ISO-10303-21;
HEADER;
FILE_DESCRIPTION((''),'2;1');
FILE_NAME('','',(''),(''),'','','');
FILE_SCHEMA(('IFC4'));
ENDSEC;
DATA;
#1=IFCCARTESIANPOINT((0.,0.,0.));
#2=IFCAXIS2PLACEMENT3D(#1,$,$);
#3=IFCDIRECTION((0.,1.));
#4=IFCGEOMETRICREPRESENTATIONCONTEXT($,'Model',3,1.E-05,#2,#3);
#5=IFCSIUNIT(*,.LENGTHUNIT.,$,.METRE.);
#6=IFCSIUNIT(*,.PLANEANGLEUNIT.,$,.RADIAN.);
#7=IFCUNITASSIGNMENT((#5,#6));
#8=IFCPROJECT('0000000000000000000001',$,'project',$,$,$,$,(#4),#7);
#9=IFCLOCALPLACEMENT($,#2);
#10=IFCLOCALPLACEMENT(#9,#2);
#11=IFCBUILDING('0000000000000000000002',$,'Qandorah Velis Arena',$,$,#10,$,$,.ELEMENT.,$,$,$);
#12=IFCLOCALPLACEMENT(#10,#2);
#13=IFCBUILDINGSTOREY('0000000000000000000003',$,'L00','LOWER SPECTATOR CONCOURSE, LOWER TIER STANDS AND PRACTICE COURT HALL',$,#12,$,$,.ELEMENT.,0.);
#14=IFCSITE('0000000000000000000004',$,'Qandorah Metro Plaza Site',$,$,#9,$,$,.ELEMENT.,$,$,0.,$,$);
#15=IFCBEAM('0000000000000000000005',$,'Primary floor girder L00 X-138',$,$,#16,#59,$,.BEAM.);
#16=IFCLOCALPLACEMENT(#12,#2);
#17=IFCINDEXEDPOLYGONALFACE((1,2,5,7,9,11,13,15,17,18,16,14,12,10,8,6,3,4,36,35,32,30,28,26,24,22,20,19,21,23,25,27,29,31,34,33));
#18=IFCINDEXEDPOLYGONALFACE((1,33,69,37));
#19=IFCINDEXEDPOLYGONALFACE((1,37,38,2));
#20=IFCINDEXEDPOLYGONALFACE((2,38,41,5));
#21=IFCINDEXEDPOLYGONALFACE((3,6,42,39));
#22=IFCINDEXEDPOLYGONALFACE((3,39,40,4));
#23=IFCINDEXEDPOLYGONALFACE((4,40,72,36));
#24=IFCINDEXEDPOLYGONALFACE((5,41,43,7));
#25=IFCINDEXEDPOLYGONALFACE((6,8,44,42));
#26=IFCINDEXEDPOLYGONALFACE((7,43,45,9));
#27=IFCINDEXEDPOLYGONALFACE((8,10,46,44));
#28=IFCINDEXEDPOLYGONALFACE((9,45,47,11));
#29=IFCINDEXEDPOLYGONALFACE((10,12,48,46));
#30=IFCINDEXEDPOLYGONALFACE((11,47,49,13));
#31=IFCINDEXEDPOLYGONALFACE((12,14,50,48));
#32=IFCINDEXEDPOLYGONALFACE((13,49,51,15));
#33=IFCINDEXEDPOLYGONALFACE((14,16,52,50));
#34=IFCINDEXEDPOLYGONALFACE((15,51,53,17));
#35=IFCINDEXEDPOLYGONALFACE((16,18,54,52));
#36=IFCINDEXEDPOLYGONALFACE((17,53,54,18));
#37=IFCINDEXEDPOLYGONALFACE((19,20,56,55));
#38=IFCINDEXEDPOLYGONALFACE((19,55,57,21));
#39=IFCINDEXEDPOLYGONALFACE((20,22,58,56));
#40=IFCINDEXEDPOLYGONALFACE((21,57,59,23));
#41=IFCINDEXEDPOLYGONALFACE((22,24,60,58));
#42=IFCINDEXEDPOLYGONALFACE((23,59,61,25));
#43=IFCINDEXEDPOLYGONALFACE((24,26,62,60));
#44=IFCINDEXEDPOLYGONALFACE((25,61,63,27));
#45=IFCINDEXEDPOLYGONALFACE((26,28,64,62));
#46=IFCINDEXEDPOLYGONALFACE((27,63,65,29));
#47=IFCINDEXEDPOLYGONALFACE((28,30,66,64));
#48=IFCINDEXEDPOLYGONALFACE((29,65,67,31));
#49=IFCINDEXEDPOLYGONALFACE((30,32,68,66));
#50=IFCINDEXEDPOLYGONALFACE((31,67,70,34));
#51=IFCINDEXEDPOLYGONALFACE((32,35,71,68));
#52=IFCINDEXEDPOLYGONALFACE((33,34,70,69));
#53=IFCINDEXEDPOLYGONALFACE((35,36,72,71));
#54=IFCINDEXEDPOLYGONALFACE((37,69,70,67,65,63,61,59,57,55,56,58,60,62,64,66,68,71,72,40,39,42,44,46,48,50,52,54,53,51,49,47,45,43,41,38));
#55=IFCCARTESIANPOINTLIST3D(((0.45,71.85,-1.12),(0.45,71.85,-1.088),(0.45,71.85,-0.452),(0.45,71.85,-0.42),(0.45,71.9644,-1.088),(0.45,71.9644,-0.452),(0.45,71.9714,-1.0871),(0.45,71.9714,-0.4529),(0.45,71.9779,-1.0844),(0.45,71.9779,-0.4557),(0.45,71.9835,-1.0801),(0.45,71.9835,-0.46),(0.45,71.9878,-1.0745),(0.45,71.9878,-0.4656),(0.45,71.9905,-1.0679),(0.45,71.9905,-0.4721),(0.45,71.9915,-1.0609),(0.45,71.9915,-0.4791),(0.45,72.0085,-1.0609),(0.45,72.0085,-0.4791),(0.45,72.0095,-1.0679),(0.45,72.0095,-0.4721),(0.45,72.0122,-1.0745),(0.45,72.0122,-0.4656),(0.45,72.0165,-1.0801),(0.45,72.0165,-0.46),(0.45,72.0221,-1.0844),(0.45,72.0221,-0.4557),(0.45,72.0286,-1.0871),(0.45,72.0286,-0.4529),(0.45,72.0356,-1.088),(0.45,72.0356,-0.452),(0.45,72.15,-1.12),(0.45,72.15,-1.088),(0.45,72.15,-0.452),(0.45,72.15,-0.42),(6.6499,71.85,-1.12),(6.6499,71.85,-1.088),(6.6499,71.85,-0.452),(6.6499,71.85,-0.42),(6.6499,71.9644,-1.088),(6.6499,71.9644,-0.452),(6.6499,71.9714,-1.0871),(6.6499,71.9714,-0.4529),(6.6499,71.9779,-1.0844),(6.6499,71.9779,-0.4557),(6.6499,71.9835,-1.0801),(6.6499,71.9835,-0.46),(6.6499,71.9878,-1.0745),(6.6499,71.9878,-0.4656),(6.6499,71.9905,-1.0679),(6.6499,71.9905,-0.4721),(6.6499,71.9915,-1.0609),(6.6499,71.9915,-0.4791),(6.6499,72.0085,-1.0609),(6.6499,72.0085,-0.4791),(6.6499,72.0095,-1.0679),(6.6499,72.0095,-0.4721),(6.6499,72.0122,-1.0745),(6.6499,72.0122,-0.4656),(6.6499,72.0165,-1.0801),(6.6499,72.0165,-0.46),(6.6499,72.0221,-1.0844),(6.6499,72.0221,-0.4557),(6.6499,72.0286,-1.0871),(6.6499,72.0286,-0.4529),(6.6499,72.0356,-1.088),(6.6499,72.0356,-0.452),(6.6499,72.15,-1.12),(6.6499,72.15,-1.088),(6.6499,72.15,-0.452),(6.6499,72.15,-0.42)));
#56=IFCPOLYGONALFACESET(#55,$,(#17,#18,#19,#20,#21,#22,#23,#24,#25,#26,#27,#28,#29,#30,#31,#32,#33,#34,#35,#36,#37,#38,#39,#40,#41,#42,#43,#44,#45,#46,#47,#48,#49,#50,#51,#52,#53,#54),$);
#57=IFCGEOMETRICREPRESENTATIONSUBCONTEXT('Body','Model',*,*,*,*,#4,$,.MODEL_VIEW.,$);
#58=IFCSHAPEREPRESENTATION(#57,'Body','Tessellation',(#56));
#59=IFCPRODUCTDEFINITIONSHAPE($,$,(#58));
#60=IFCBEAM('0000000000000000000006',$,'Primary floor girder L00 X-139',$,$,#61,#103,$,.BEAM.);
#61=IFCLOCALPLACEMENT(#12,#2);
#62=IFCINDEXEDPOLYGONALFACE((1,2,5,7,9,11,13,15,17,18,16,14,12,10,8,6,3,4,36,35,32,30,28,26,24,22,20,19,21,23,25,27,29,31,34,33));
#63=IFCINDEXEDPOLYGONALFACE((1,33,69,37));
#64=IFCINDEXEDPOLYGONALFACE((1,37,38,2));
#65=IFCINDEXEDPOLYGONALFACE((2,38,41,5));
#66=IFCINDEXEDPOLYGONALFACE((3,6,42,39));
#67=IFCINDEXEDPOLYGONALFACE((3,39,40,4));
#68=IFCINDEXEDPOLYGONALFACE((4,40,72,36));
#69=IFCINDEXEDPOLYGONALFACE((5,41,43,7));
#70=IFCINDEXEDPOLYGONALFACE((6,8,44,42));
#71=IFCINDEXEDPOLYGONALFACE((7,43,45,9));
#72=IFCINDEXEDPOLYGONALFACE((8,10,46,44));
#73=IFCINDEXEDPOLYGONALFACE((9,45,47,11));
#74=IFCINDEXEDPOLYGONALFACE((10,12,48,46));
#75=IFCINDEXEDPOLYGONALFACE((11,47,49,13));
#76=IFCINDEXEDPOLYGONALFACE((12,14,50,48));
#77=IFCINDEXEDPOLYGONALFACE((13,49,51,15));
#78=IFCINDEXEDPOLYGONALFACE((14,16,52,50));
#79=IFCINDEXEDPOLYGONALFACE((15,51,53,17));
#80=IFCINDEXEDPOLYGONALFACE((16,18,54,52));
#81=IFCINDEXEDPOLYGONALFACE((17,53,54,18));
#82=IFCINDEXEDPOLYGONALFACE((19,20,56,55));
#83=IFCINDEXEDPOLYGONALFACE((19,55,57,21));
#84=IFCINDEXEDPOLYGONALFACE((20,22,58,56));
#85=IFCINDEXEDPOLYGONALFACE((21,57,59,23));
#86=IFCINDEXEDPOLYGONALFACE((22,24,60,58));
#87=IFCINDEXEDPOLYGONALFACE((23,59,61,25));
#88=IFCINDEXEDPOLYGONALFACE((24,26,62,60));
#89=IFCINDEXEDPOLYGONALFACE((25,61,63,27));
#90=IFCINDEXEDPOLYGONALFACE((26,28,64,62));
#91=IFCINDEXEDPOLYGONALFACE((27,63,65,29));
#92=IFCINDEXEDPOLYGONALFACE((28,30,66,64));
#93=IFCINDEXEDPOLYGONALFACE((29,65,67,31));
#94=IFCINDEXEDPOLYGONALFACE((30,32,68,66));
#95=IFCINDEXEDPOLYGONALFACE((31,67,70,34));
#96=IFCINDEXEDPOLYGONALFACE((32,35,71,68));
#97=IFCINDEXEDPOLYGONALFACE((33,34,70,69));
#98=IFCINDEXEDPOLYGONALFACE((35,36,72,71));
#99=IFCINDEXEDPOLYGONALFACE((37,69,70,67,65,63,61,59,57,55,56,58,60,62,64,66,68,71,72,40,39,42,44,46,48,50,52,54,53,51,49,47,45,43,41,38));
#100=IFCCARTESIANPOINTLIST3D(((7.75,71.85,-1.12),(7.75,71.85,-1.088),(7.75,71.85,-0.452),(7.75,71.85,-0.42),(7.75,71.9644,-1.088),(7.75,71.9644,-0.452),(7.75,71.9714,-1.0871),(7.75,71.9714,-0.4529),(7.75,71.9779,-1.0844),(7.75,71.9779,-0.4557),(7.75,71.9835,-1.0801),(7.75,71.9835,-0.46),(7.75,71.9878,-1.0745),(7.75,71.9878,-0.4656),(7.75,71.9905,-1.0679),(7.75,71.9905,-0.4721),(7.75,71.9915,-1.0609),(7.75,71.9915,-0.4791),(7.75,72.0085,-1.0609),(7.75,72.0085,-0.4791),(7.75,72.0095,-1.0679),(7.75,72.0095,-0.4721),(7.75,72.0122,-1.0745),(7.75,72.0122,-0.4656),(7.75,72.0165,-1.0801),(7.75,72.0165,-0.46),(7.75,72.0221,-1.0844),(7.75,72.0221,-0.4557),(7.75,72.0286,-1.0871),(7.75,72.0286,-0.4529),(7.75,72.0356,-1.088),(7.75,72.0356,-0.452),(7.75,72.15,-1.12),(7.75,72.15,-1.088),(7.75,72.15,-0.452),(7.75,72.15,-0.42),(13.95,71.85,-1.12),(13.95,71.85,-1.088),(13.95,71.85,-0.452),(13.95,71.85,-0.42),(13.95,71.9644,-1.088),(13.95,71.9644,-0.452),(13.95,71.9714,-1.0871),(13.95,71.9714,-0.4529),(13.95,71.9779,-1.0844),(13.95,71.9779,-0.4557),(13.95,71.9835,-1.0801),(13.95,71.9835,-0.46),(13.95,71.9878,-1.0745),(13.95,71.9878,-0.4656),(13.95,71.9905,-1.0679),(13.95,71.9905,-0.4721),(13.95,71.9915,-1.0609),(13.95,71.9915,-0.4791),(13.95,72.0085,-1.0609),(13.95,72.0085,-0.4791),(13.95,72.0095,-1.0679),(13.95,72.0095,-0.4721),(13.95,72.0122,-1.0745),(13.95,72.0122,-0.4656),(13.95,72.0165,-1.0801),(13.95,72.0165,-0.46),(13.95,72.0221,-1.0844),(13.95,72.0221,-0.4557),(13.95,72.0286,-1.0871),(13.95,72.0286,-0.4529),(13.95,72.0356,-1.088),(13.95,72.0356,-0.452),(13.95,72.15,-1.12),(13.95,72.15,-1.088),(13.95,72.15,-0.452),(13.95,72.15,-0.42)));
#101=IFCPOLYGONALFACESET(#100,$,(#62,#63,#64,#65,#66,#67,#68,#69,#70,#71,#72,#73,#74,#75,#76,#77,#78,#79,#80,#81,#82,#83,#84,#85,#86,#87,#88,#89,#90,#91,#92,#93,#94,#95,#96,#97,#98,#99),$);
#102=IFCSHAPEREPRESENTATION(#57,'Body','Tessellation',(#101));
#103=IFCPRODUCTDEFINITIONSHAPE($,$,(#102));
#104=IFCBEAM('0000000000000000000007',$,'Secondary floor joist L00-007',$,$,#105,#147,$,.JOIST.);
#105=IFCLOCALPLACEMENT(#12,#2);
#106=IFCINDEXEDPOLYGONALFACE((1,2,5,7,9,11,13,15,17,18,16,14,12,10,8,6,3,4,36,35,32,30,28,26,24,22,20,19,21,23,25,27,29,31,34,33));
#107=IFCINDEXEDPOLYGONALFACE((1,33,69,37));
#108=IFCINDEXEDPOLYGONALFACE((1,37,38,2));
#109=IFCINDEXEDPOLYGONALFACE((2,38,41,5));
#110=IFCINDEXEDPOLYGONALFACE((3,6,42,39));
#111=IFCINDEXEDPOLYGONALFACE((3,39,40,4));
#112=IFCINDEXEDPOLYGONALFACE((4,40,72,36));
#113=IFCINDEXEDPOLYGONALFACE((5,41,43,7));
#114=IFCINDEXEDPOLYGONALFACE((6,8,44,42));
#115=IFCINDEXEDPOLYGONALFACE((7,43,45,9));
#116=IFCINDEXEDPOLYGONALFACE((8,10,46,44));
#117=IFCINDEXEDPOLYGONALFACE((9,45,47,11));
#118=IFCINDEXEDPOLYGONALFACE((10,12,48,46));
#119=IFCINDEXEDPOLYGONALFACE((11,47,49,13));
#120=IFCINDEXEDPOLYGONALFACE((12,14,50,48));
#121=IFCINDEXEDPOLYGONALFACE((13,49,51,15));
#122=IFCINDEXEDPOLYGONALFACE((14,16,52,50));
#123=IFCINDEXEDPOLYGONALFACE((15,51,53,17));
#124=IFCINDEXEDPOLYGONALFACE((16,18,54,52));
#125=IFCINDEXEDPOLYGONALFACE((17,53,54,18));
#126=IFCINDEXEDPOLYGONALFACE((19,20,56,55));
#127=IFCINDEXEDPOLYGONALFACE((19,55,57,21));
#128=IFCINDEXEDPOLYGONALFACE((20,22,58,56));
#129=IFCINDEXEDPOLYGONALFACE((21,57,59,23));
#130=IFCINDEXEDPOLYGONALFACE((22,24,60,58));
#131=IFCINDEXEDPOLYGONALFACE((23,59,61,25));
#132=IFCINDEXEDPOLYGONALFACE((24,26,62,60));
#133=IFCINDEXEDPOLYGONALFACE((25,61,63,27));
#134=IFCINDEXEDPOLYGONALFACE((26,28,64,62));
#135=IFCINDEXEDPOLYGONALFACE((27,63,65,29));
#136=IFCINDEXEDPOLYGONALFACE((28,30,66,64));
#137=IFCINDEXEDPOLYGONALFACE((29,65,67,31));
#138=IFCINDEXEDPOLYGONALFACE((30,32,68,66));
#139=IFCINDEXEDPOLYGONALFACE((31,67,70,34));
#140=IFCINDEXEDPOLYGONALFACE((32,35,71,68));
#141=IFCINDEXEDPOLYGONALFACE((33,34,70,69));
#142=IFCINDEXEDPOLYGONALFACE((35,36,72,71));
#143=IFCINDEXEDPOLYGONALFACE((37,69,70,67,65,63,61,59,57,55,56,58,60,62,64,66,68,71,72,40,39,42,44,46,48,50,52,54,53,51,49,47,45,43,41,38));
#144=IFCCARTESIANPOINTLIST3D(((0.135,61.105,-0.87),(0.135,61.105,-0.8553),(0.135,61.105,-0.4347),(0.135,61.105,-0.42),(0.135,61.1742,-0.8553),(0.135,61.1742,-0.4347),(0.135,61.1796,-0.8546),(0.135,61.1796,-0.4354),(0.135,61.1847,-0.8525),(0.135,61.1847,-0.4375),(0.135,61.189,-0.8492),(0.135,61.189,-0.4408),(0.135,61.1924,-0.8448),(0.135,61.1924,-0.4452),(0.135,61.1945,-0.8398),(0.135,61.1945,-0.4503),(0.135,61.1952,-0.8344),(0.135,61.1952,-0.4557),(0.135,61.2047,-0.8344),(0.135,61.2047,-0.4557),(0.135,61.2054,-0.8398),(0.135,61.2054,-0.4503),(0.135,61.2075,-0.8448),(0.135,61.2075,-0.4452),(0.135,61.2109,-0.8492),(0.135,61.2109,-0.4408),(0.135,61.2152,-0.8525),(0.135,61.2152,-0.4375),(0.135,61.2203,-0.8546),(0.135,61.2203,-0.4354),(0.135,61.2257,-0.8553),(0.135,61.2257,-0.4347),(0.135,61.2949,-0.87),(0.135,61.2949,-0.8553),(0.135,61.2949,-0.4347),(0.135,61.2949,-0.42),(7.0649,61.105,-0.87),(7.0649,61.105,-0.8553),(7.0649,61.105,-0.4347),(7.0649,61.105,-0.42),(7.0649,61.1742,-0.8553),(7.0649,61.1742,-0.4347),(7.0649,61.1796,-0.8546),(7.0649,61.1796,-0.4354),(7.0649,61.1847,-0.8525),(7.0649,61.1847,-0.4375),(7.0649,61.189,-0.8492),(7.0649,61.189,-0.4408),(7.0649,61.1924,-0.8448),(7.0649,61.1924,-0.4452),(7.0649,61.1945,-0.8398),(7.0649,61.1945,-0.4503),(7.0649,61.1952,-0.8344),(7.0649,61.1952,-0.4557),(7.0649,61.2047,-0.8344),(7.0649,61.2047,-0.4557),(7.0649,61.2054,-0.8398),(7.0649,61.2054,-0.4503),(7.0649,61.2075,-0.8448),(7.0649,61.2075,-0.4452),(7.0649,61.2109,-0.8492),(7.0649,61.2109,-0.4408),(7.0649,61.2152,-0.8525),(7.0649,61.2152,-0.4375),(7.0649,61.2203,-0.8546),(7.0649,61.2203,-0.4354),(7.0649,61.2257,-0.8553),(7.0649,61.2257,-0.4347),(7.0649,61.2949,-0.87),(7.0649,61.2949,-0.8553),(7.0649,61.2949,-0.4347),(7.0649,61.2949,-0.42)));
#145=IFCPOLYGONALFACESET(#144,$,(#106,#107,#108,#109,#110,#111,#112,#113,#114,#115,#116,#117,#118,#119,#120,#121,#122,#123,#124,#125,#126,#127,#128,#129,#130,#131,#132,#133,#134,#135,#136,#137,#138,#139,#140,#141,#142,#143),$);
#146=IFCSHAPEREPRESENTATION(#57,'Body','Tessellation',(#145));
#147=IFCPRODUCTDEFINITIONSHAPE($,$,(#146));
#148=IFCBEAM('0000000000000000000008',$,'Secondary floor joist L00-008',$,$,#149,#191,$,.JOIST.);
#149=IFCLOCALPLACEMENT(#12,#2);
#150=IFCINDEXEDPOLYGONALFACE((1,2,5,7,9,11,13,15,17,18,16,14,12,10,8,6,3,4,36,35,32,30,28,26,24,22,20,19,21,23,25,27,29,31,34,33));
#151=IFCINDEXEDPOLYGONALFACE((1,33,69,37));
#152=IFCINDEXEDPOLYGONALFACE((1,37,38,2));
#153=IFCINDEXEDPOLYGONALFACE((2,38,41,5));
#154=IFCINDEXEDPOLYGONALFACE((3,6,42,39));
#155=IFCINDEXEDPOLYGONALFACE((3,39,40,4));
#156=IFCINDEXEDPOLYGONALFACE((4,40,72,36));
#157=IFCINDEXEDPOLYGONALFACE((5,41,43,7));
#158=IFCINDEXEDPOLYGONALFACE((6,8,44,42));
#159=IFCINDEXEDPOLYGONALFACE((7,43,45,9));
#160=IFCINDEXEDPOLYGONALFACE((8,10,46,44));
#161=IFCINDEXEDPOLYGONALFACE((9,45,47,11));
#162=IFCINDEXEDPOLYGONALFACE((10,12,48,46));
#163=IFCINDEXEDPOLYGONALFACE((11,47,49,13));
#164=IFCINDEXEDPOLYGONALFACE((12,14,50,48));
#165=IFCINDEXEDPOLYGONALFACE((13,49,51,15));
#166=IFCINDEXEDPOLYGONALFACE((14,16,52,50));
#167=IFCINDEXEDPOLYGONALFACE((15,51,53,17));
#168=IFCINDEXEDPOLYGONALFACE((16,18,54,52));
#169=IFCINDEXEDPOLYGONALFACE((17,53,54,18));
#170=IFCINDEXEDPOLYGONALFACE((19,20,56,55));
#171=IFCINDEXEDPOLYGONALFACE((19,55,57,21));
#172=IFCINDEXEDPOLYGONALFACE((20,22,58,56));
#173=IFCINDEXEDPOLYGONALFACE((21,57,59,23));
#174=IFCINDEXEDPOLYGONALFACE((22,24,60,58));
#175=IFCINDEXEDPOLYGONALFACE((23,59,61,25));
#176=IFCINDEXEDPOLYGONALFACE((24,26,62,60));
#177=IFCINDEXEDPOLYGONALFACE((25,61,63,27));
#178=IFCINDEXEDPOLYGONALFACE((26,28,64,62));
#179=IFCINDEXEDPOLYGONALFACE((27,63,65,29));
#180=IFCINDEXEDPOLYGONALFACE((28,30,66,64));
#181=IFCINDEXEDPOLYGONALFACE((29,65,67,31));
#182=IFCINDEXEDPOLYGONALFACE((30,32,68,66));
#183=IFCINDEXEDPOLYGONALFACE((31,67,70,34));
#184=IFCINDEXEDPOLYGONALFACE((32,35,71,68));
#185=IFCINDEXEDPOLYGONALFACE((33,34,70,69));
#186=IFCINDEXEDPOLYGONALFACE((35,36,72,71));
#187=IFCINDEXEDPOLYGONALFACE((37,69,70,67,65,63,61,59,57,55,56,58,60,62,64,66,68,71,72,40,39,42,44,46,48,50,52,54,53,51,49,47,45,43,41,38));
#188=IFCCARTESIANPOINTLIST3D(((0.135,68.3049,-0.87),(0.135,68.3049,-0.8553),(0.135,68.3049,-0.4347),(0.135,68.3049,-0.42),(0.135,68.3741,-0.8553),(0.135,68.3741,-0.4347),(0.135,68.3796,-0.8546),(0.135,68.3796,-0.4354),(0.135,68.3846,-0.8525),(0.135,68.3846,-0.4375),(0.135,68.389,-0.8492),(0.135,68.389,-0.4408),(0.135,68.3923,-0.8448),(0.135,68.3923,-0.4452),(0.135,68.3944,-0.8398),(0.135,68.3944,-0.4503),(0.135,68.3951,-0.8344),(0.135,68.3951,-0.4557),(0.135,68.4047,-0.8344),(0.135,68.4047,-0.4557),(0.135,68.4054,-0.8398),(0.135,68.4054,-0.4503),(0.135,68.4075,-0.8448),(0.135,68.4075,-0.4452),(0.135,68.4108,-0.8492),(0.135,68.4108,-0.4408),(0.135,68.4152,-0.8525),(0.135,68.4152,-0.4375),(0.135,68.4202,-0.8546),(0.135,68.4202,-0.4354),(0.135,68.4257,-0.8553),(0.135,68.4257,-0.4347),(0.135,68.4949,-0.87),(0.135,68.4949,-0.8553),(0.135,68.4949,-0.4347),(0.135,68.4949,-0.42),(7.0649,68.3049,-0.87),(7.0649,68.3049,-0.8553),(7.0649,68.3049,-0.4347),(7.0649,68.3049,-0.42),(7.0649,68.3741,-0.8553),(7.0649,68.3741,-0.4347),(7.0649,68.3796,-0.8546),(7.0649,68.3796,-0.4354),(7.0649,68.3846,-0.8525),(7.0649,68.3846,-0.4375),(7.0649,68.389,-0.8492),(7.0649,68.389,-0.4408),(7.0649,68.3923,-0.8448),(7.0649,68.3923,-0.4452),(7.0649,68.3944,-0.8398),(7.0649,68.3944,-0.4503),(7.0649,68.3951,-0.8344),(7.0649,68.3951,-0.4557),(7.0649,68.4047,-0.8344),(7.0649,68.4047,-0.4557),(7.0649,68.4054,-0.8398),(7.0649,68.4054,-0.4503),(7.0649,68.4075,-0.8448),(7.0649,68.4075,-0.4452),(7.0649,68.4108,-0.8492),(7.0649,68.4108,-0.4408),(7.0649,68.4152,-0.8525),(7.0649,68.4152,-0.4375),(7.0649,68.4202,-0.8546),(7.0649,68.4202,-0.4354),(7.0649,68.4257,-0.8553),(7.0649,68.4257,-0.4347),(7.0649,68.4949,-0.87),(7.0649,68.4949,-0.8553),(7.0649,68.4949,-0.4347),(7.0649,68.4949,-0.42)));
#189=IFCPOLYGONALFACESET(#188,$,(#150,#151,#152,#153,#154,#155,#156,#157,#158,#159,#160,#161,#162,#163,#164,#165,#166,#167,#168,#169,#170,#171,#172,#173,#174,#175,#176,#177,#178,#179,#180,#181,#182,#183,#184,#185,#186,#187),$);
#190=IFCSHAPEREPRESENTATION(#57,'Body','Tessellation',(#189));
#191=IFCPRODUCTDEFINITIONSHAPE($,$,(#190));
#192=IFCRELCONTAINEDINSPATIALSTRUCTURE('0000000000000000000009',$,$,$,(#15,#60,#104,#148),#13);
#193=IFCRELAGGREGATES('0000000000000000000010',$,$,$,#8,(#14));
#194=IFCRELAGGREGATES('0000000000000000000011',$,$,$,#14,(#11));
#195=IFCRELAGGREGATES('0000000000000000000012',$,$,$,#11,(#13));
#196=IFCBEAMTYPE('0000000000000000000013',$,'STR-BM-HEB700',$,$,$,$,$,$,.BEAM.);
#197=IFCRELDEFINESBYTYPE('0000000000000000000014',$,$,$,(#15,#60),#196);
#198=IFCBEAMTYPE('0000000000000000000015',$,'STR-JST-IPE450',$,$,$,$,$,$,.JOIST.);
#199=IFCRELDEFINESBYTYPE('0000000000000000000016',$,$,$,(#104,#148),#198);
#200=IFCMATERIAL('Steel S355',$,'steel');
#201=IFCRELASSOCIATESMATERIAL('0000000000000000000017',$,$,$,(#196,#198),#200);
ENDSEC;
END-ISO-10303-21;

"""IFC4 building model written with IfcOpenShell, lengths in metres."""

from ifc_helpers import new_model, si_unit, direction, frame, origin, origin_2d, place, context, subcontext, project, spatial, i_section, extrude, material, material_profile, profile_set, type_object, element, save


model = new_model("IFC4")

# Units and contexts
model_context = context("Model", 3, precision=1e-05, world=origin(), true_north=direction((0.0, 1.0)))
body_context = subcontext(model_context, "Body", "Model", "MODEL_VIEW")
ifc_project = project(units=[si_unit("LENGTHUNIT", "METRE"), si_unit("PLANEANGLEUNIT", "RADIAN")], contexts=[model_context])

# Site, building, storey
site_placement = place(None, origin())
site = spatial("IfcSite", under=ifc_project, at=site_placement, Name="Qandorah Metro Plaza Site", CompositionType="ELEMENT", RefElevation=0.0)
building_placement = place(site_placement, origin())
building = spatial("IfcBuilding", under=site, at=building_placement, Name="Qandorah Velis Arena", CompositionType="ELEMENT")
storey_placement = place(building_placement, origin())
storey = spatial("IfcBuildingStorey", under=building, at=storey_placement, Name="L00", Description="LOWER SPECTATOR CONCOURSE, LOWER TIER STANDS AND PRACTICE COURT HALL", CompositionType="ELEMENT", Elevation=0.0)

# Beams
ifc_material_1 = material(Name="Steel S355", Category="steel")
ifc_material_profile_1 = material_profile(ifc_material_1, i_section(OverallWidth=0.3, OverallDepth=0.7, WebThickness=0.0171, FlangeThickness=0.032, FilletRadius=0.0271, at=origin_2d()), Name="HEB 700")
ifc_profile_set_1 = profile_set([ifc_material_profile_1], Name="Steel S355")
beam_type_1 = type_object("IfcBeamType", Name="STR-BM-HEB700", PredefinedType="BEAM", material=ifc_profile_set_1)
for number, where, z_axis, x_axis, name in (
    (1, (0.45, 72.0, -0.77), (1.0, 0.0, 0.0), (0.0, 1.0, 0.0), "Primary floor girder L00 X-138"),
    (2, (7.75, 72.0, -0.77), (1.0, 0.0, 0.0), (0.0, 1.0, 0.0), "Primary floor girder L00 X-139"),
):
    element("IfcBeam", number, at=place(storey_placement, frame(where, z_axis=z_axis, x_axis=x_axis)), inside=storey, type_object=beam_type_1, Name=name, PredefinedType="BEAM", context=body_context, shape_type="SweptSolid", body=[
        extrude(i_section(OverallWidth=0.3, OverallDepth=0.7, WebThickness=0.0171, FlangeThickness=0.032, FilletRadius=0.0271, at=origin_2d()), origin(), (0.0, 0.0, 1.0), 6.2),
    ])
ifc_material_profile_2 = material_profile(ifc_material_1, i_section(OverallWidth=0.1899, OverallDepth=0.45, WebThickness=0.0095, FlangeThickness=0.0146, FilletRadius=0.021, at=origin_2d()), Name="IPE 450")
ifc_profile_set_2 = profile_set([ifc_material_profile_2], Name="Steel S355")
beam_type_2 = type_object("IfcBeamType", Name="STR-JST-IPE450", PredefinedType="JOIST", material=ifc_profile_set_2)
for number, where, z_axis, x_axis, name in (
    (3, (0.135, 61.2, -0.645), (1.0, 0.0, 0.0), (0.0, 1.0, 0.0), "Secondary floor joist L00-007"),
    (4, (0.135, 68.3999, -0.645), (1.0, 0.0, 0.0), (0.0, 1.0, 0.0), "Secondary floor joist L00-008"),
):
    element("IfcBeam", number, at=place(storey_placement, frame(where, z_axis=z_axis, x_axis=x_axis)), inside=storey, type_object=beam_type_2, Name=name, PredefinedType="JOIST", context=body_context, shape_type="SweptSolid", body=[
        extrude(i_section(OverallWidth=0.1899, OverallDepth=0.45, WebThickness=0.0095, FlangeThickness=0.0146, FilletRadius=0.021, at=origin_2d()), origin(), (0.0, 0.0, 1.0), 6.9299),
    ])

save(model, "model.ifc")
